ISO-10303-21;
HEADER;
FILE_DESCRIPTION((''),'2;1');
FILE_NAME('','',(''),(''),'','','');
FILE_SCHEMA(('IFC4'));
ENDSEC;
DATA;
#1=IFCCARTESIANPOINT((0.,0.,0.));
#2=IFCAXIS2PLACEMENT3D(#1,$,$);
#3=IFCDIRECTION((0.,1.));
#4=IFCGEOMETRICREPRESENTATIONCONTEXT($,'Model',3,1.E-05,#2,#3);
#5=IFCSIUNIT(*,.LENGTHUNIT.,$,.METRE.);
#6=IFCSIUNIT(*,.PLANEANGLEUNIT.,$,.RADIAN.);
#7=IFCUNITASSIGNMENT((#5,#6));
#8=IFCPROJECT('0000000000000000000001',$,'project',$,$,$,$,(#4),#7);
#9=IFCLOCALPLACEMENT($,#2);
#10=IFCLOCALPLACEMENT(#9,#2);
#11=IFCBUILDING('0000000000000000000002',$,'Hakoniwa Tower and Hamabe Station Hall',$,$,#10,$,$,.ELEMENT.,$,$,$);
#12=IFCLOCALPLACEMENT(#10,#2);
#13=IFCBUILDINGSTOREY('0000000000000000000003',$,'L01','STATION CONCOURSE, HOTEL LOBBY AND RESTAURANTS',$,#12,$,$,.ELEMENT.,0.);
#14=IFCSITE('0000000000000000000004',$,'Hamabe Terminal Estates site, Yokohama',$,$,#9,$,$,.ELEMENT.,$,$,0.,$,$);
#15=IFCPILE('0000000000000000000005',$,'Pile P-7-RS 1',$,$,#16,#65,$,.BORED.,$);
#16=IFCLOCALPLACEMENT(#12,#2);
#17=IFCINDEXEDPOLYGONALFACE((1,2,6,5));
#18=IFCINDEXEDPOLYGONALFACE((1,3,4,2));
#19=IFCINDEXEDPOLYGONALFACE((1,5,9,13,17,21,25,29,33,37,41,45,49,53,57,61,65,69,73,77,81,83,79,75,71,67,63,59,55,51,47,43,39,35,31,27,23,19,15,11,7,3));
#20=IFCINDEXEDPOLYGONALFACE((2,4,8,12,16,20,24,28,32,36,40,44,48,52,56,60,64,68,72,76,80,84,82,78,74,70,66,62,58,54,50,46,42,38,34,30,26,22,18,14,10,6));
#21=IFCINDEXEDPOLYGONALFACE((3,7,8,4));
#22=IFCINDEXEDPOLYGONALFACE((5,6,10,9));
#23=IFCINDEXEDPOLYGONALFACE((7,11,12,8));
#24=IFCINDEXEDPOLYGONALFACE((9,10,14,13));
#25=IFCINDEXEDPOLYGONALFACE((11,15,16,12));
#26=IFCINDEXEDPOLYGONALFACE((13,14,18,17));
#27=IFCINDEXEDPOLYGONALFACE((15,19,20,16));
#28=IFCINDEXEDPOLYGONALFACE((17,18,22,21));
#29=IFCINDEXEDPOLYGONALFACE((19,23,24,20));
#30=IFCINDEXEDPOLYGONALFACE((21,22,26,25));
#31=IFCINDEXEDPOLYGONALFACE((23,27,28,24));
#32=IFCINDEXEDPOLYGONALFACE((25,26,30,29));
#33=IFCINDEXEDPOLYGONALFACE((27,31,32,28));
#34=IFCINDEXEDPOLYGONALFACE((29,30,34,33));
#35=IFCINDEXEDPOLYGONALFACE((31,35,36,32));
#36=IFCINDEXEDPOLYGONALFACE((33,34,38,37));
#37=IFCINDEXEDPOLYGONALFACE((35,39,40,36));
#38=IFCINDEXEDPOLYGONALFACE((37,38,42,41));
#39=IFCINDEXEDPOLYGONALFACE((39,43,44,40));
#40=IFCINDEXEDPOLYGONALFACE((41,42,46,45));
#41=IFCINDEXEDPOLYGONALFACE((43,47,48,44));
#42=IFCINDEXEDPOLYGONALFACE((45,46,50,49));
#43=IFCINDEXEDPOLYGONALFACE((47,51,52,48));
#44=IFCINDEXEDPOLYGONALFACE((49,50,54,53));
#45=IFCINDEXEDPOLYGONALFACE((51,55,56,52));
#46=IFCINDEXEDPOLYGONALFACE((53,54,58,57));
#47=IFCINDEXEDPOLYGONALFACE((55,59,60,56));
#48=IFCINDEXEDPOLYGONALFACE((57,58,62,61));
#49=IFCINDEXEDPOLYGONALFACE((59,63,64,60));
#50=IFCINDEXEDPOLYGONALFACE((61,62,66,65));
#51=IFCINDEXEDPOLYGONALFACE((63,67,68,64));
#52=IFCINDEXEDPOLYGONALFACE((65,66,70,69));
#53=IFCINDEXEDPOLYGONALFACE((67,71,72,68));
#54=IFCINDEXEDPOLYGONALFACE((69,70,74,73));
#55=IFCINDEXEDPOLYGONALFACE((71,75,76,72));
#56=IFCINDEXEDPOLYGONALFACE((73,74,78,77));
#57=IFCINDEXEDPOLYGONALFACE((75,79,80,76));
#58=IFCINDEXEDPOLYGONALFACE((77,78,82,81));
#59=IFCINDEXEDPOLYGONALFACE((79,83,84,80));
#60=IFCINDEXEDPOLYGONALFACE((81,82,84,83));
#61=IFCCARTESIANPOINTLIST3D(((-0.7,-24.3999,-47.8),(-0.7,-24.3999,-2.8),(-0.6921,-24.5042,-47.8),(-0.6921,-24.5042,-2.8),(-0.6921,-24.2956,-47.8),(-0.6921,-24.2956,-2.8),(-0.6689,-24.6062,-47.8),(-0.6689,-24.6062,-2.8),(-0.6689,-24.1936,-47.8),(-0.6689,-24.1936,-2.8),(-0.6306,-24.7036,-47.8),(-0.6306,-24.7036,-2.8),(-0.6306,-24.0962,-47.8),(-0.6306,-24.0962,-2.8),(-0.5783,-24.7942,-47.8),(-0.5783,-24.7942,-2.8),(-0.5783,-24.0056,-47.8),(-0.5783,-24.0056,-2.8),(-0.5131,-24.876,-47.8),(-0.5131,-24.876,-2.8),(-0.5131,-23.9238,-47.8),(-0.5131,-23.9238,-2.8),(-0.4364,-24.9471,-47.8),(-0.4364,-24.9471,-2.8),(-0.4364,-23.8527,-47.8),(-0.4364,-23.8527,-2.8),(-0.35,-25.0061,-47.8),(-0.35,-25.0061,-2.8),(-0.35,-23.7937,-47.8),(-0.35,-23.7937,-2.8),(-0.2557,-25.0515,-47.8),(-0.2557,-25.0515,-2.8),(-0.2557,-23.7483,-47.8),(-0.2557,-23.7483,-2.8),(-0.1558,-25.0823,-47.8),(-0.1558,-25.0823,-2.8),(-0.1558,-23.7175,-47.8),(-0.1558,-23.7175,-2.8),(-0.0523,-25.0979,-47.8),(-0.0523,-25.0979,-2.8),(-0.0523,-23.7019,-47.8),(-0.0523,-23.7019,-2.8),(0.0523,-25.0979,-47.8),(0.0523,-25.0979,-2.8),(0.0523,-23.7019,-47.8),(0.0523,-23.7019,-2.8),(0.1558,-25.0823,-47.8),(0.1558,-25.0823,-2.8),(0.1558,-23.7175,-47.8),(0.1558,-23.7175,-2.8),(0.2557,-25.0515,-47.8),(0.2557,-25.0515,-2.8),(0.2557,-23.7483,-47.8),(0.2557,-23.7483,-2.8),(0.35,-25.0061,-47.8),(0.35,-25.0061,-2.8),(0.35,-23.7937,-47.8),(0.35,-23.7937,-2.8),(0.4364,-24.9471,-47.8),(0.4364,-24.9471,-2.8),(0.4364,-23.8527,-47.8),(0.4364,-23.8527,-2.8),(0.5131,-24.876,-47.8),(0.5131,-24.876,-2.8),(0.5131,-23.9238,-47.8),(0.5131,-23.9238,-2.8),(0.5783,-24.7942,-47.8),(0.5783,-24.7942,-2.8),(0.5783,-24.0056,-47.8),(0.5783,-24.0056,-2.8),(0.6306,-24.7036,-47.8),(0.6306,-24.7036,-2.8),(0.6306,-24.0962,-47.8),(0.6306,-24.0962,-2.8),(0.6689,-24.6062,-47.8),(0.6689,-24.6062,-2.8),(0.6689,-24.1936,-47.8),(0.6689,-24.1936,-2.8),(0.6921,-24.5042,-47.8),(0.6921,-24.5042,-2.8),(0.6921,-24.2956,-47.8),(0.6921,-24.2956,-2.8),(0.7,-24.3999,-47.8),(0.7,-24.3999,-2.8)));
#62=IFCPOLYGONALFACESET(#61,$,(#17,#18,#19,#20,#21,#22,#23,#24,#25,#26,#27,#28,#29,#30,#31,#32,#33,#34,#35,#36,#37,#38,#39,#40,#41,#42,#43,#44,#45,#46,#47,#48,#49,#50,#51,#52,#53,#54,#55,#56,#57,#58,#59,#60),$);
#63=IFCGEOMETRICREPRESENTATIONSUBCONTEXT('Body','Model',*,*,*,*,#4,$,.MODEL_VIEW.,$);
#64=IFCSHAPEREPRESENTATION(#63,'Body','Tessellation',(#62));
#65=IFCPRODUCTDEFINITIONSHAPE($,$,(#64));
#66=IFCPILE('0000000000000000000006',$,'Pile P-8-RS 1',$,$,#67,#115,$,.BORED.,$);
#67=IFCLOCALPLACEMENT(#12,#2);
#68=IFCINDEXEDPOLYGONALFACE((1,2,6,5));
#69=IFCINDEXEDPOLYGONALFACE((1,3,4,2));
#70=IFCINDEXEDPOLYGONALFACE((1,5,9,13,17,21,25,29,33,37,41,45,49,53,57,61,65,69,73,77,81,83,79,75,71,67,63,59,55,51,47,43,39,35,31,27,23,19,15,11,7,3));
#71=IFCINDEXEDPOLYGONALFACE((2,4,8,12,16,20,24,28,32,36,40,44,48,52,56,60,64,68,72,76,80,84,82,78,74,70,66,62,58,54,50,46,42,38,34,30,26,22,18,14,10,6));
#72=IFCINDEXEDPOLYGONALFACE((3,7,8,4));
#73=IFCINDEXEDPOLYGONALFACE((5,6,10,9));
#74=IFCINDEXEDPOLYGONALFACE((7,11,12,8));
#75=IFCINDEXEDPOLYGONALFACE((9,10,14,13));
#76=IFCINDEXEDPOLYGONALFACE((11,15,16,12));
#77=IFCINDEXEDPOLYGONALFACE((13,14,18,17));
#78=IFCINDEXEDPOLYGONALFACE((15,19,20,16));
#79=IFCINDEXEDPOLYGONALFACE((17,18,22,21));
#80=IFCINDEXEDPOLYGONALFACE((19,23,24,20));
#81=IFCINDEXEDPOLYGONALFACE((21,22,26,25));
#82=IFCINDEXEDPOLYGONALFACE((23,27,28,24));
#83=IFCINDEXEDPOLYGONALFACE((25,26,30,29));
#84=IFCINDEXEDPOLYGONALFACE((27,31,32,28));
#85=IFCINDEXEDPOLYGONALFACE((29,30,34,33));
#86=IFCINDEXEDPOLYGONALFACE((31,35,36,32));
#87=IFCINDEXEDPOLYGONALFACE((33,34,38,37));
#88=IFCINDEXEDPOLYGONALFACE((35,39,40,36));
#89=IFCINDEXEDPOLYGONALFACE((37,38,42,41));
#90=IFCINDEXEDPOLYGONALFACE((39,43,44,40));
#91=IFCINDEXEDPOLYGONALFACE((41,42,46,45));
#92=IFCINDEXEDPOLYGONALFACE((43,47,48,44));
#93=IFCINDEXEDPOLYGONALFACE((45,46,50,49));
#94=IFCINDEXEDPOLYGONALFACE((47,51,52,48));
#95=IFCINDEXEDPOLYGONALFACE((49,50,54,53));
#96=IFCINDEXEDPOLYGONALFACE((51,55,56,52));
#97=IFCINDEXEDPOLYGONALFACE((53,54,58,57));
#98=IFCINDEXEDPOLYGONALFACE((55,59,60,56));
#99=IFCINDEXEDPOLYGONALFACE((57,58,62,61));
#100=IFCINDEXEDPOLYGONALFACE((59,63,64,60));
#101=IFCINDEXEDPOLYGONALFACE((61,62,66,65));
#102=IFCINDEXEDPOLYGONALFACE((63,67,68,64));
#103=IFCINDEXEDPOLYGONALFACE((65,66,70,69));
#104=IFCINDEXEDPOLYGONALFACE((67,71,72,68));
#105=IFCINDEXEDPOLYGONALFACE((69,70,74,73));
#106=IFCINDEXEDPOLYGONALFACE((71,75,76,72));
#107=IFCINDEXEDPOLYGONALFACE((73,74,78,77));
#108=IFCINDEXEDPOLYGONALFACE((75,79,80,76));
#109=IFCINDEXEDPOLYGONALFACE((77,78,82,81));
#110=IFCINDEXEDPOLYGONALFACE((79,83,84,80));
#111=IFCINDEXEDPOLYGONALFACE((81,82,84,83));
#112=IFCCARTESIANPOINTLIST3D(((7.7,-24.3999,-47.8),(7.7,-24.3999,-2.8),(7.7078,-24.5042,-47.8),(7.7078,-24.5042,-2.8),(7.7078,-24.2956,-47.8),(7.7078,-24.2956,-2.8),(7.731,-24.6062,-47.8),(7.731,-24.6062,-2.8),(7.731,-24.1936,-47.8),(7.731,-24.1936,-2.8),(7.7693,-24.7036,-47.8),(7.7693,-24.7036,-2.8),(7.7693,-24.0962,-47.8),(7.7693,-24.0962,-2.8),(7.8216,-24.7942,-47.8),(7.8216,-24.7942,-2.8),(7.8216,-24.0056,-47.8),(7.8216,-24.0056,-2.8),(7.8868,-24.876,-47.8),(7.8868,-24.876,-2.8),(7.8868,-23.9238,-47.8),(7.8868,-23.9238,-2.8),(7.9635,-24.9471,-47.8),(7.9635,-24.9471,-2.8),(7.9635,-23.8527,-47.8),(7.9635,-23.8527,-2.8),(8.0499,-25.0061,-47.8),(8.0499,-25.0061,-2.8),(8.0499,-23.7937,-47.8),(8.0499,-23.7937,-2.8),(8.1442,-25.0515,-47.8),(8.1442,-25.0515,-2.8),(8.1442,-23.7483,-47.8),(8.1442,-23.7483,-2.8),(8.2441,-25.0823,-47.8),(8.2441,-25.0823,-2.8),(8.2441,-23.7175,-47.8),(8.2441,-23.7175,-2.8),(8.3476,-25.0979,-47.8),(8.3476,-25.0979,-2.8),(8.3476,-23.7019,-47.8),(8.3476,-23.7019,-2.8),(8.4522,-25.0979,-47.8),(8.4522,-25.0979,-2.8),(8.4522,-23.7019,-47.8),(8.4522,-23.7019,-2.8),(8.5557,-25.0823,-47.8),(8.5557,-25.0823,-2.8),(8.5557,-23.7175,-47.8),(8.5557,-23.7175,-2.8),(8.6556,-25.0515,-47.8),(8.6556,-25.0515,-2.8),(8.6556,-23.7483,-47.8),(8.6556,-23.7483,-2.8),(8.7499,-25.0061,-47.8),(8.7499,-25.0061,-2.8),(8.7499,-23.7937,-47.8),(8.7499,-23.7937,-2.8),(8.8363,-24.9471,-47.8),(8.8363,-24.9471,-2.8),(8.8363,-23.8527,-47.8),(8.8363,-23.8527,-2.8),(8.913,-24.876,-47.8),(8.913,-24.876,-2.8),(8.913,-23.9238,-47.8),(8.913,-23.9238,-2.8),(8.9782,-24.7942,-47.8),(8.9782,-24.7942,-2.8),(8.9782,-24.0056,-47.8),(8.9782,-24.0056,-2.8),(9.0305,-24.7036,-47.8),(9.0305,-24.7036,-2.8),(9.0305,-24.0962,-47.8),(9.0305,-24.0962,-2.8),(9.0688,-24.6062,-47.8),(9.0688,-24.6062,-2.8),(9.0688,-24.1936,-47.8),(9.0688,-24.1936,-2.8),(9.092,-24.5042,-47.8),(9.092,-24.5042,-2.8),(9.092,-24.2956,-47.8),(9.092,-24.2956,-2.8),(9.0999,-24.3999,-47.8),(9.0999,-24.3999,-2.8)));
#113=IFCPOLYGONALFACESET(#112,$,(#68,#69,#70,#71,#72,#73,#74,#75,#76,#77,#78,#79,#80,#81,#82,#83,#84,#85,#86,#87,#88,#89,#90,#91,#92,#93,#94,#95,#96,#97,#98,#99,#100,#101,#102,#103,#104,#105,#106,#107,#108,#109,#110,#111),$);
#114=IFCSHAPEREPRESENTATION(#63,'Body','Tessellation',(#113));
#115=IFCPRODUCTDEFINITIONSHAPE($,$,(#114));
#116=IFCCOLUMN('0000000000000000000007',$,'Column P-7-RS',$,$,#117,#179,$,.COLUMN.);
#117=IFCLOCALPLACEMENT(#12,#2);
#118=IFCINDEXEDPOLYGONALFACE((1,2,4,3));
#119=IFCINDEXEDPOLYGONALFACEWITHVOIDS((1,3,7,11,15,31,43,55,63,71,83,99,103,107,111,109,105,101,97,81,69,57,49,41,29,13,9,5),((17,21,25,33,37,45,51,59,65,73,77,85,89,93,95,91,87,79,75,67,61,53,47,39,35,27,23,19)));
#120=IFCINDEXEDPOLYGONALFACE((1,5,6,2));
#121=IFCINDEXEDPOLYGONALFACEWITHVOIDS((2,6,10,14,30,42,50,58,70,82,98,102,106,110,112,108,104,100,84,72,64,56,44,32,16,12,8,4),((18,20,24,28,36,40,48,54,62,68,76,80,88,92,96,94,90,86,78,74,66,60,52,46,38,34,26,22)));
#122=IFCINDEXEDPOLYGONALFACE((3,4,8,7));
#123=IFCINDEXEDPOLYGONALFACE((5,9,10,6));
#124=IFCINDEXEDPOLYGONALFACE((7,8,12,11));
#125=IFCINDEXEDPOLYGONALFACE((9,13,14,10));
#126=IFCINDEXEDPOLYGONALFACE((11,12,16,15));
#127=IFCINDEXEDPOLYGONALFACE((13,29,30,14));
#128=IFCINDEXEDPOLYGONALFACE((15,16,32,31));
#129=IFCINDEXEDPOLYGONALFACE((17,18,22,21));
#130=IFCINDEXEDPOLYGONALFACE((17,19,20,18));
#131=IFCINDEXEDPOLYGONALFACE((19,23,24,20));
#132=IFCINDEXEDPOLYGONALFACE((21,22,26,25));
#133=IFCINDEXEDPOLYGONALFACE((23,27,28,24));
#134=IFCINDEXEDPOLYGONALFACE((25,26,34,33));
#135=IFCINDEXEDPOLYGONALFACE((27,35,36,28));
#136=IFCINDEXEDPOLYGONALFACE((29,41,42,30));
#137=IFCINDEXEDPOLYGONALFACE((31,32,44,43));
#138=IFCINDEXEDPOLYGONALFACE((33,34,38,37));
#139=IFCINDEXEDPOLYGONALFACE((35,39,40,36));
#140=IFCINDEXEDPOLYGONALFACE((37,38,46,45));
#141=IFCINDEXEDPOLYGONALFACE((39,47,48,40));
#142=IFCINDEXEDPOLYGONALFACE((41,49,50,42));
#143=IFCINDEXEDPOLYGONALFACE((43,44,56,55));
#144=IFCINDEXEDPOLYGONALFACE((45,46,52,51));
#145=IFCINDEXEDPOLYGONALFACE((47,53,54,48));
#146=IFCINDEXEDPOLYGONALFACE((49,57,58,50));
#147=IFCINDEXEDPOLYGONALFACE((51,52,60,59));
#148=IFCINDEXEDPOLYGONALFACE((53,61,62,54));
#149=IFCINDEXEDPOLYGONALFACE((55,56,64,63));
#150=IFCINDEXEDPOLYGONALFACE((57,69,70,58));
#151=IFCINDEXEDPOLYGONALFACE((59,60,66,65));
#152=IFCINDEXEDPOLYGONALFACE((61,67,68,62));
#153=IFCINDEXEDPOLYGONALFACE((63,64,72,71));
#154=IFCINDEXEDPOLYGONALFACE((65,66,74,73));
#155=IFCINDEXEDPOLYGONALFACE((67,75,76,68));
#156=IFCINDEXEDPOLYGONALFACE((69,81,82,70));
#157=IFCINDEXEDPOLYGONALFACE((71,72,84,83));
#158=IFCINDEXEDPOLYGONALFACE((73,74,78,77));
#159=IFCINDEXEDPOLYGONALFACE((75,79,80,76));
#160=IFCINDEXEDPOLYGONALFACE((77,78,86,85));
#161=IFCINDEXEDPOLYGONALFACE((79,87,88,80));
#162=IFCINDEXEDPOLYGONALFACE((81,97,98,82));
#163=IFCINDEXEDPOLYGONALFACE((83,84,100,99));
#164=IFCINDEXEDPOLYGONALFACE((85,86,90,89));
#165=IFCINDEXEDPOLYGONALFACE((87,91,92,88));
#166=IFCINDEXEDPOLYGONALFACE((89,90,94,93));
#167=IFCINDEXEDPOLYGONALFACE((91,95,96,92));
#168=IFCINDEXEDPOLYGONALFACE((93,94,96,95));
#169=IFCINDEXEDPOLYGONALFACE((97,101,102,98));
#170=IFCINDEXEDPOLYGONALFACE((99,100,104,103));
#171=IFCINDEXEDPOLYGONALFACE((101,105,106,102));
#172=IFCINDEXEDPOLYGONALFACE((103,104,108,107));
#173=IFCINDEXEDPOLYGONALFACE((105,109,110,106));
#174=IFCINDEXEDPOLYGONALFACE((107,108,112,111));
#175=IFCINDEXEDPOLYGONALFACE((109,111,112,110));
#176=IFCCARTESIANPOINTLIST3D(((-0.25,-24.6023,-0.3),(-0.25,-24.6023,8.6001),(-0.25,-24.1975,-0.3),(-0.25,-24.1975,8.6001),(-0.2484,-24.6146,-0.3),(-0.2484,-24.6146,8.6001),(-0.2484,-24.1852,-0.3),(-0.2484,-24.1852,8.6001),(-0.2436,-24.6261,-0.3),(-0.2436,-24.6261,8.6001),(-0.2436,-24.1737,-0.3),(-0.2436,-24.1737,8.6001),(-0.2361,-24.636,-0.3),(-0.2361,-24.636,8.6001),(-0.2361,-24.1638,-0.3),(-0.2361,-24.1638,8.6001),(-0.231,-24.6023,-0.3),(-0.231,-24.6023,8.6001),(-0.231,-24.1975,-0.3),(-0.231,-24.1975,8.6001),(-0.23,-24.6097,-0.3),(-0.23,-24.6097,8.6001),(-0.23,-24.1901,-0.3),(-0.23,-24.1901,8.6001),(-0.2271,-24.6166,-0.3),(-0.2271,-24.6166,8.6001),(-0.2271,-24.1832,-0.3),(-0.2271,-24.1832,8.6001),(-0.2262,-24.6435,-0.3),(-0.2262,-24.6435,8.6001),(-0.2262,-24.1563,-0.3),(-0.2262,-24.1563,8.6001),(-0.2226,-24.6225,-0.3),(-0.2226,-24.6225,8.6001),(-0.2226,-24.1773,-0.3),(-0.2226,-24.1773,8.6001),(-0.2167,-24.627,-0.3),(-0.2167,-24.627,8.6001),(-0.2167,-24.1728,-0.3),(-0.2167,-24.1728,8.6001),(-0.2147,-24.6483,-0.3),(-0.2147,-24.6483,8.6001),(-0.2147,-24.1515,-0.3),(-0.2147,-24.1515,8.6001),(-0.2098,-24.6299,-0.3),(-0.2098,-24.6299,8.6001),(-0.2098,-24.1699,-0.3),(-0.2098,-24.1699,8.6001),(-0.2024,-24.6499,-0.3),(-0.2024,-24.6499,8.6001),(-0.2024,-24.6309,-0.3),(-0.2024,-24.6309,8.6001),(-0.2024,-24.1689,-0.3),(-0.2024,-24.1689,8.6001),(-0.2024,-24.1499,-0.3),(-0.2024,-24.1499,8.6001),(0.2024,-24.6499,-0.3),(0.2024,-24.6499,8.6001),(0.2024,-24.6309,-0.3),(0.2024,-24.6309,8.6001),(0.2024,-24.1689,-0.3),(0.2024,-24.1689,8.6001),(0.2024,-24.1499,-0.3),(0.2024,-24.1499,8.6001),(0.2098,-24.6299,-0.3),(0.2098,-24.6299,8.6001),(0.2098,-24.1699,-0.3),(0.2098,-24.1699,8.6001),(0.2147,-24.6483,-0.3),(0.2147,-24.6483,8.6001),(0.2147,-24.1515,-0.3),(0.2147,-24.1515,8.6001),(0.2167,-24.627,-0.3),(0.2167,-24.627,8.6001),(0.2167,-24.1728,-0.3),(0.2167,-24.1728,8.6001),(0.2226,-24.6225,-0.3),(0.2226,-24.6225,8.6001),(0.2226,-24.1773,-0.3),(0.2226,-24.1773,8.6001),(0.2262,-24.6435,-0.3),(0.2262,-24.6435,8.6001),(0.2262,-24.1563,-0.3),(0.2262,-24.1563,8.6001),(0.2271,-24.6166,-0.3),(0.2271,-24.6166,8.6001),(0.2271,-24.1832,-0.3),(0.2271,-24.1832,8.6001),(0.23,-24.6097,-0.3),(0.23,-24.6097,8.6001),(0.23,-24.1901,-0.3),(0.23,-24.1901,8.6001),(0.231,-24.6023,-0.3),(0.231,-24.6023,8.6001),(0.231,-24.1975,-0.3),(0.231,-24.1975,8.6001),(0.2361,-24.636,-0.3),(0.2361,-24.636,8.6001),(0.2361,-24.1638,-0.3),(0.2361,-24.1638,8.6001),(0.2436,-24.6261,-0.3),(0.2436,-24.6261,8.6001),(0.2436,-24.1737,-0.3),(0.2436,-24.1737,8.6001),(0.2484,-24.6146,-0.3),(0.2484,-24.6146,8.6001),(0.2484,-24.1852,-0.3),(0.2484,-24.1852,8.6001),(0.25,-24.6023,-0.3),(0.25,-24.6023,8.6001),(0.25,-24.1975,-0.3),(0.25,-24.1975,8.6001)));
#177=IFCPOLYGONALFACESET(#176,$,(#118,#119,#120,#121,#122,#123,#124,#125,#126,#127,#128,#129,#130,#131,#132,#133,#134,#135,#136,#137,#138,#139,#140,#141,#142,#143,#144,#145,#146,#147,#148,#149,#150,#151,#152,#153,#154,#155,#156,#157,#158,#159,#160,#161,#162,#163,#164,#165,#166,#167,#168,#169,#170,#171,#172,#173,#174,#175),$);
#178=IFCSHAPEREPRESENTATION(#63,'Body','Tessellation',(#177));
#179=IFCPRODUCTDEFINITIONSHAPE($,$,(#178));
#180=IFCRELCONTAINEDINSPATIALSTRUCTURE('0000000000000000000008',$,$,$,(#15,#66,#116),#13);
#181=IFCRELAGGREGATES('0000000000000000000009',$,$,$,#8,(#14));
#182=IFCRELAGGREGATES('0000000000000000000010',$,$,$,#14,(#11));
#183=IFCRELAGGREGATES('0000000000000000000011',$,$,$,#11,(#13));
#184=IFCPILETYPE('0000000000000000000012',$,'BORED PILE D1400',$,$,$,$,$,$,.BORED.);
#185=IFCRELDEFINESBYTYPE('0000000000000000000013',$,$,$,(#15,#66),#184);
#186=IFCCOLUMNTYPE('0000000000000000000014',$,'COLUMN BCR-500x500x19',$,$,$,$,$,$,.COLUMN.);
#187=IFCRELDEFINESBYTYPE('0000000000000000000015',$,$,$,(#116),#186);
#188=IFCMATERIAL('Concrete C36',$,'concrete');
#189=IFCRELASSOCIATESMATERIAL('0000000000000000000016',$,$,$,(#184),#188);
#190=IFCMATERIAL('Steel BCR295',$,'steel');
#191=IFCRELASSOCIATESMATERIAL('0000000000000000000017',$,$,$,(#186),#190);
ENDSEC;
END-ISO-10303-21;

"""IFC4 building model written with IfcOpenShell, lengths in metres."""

from ifc_helpers import new_model, si_unit, direction, frame, origin, origin_2d, place, context, subcontext, project, spatial, hollow_rectangle, circle, extrude, material, material_profile, profile_set, type_object, element, save


model = new_model("IFC4")

# Units and contexts
model_context = context("Model", 3, precision=1e-05, world=origin(), true_north=direction((0.0, 1.0)))
body_context = subcontext(model_context, "Body", "Model", "MODEL_VIEW")
ifc_project = project(units=[si_unit("LENGTHUNIT", "METRE"), si_unit("PLANEANGLEUNIT", "RADIAN")], contexts=[model_context])

# Site, building, storey
site_placement = place(None, origin())
site = spatial("IfcSite", under=ifc_project, at=site_placement, Name="Hamabe Terminal Estates site, Yokohama", CompositionType="ELEMENT", RefElevation=0.0)
building_placement = place(site_placement, origin())
building = spatial("IfcBuilding", under=site, at=building_placement, Name="Hakoniwa Tower and Hamabe Station Hall", CompositionType="ELEMENT")
storey_placement = place(building_placement, origin())
storey = spatial("IfcBuildingStorey", under=building, at=storey_placement, Name="L01", Description="STATION CONCOURSE, HOTEL LOBBY AND RESTAURANTS", CompositionType="ELEMENT", Elevation=0.0)

# Piles
ifc_material_1 = material(Name="Concrete C36", Category="concrete")
ifc_material_profile_1 = material_profile(ifc_material_1, circle(Radius=0.7, at=origin_2d()), Name="BORED PILE D1400")
ifc_profile_set_1 = profile_set([ifc_material_profile_1], Name="Concrete C36")
pile_type = type_object("IfcPileType", Name="BORED PILE D1400", PredefinedType="BORED", material=ifc_profile_set_1)
for number, where, z_axis, x_axis, name in (
    (1, (0.0, -24.3999, -2.8), (0.0, 0.0, -1.0), (1.0, 0.0, 0.0), "Pile P-7-RS 1"),
    (2, (8.3999, -24.3999, -2.8), (0.0, 0.0, -1.0), (1.0, 0.0, 0.0), "Pile P-8-RS 1"),
):
    element("IfcPile", number, at=place(storey_placement, frame(where, z_axis=z_axis, x_axis=x_axis)), inside=storey, type_object=pile_type, Name=name, PredefinedType="BORED", context=body_context, shape_type="SweptSolid", body=[
        extrude(circle(Radius=0.7, at=origin_2d()), origin(), (0.0, 0.0, 1.0), 45.0),
    ])

# Column
ifc_material_2 = material(Name="Steel BCR295", Category="steel")
ifc_material_profile_2 = material_profile(ifc_material_2, hollow_rectangle(XDim=0.5, YDim=0.5, WallThickness=0.019, InnerFilletRadius=0.0286, OuterFilletRadius=0.0476, at=origin_2d()), Name="BCR-500x500x19")
ifc_profile_set_2 = profile_set([ifc_material_profile_2], Name="Steel BCR295")
column_type_1 = type_object("IfcColumnType", Name="COLUMN BCR-500x500x19", PredefinedType="COLUMN", material=ifc_profile_set_2)
for number, where, z_axis, x_axis, name in (
    (3, (0.0, -24.3999, -0.3), (0.0, 0.0, 1.0), (1.0, 0.0, 0.0), "Column P-7-RS"),
):
    element("IfcColumn", number, at=place(storey_placement, frame(where, z_axis=z_axis, x_axis=x_axis)), inside=storey, type_object=column_type_1, Name=name, PredefinedType="COLUMN", context=body_context, shape_type="SweptSolid", body=[
        extrude(hollow_rectangle(XDim=0.5, YDim=0.5, WallThickness=0.019, InnerFilletRadius=0.0286, OuterFilletRadius=0.0476, at=origin_2d()), origin(), (0.0, 0.0, 1.0), 8.9001),
    ])

save(model, "model.ifc")
